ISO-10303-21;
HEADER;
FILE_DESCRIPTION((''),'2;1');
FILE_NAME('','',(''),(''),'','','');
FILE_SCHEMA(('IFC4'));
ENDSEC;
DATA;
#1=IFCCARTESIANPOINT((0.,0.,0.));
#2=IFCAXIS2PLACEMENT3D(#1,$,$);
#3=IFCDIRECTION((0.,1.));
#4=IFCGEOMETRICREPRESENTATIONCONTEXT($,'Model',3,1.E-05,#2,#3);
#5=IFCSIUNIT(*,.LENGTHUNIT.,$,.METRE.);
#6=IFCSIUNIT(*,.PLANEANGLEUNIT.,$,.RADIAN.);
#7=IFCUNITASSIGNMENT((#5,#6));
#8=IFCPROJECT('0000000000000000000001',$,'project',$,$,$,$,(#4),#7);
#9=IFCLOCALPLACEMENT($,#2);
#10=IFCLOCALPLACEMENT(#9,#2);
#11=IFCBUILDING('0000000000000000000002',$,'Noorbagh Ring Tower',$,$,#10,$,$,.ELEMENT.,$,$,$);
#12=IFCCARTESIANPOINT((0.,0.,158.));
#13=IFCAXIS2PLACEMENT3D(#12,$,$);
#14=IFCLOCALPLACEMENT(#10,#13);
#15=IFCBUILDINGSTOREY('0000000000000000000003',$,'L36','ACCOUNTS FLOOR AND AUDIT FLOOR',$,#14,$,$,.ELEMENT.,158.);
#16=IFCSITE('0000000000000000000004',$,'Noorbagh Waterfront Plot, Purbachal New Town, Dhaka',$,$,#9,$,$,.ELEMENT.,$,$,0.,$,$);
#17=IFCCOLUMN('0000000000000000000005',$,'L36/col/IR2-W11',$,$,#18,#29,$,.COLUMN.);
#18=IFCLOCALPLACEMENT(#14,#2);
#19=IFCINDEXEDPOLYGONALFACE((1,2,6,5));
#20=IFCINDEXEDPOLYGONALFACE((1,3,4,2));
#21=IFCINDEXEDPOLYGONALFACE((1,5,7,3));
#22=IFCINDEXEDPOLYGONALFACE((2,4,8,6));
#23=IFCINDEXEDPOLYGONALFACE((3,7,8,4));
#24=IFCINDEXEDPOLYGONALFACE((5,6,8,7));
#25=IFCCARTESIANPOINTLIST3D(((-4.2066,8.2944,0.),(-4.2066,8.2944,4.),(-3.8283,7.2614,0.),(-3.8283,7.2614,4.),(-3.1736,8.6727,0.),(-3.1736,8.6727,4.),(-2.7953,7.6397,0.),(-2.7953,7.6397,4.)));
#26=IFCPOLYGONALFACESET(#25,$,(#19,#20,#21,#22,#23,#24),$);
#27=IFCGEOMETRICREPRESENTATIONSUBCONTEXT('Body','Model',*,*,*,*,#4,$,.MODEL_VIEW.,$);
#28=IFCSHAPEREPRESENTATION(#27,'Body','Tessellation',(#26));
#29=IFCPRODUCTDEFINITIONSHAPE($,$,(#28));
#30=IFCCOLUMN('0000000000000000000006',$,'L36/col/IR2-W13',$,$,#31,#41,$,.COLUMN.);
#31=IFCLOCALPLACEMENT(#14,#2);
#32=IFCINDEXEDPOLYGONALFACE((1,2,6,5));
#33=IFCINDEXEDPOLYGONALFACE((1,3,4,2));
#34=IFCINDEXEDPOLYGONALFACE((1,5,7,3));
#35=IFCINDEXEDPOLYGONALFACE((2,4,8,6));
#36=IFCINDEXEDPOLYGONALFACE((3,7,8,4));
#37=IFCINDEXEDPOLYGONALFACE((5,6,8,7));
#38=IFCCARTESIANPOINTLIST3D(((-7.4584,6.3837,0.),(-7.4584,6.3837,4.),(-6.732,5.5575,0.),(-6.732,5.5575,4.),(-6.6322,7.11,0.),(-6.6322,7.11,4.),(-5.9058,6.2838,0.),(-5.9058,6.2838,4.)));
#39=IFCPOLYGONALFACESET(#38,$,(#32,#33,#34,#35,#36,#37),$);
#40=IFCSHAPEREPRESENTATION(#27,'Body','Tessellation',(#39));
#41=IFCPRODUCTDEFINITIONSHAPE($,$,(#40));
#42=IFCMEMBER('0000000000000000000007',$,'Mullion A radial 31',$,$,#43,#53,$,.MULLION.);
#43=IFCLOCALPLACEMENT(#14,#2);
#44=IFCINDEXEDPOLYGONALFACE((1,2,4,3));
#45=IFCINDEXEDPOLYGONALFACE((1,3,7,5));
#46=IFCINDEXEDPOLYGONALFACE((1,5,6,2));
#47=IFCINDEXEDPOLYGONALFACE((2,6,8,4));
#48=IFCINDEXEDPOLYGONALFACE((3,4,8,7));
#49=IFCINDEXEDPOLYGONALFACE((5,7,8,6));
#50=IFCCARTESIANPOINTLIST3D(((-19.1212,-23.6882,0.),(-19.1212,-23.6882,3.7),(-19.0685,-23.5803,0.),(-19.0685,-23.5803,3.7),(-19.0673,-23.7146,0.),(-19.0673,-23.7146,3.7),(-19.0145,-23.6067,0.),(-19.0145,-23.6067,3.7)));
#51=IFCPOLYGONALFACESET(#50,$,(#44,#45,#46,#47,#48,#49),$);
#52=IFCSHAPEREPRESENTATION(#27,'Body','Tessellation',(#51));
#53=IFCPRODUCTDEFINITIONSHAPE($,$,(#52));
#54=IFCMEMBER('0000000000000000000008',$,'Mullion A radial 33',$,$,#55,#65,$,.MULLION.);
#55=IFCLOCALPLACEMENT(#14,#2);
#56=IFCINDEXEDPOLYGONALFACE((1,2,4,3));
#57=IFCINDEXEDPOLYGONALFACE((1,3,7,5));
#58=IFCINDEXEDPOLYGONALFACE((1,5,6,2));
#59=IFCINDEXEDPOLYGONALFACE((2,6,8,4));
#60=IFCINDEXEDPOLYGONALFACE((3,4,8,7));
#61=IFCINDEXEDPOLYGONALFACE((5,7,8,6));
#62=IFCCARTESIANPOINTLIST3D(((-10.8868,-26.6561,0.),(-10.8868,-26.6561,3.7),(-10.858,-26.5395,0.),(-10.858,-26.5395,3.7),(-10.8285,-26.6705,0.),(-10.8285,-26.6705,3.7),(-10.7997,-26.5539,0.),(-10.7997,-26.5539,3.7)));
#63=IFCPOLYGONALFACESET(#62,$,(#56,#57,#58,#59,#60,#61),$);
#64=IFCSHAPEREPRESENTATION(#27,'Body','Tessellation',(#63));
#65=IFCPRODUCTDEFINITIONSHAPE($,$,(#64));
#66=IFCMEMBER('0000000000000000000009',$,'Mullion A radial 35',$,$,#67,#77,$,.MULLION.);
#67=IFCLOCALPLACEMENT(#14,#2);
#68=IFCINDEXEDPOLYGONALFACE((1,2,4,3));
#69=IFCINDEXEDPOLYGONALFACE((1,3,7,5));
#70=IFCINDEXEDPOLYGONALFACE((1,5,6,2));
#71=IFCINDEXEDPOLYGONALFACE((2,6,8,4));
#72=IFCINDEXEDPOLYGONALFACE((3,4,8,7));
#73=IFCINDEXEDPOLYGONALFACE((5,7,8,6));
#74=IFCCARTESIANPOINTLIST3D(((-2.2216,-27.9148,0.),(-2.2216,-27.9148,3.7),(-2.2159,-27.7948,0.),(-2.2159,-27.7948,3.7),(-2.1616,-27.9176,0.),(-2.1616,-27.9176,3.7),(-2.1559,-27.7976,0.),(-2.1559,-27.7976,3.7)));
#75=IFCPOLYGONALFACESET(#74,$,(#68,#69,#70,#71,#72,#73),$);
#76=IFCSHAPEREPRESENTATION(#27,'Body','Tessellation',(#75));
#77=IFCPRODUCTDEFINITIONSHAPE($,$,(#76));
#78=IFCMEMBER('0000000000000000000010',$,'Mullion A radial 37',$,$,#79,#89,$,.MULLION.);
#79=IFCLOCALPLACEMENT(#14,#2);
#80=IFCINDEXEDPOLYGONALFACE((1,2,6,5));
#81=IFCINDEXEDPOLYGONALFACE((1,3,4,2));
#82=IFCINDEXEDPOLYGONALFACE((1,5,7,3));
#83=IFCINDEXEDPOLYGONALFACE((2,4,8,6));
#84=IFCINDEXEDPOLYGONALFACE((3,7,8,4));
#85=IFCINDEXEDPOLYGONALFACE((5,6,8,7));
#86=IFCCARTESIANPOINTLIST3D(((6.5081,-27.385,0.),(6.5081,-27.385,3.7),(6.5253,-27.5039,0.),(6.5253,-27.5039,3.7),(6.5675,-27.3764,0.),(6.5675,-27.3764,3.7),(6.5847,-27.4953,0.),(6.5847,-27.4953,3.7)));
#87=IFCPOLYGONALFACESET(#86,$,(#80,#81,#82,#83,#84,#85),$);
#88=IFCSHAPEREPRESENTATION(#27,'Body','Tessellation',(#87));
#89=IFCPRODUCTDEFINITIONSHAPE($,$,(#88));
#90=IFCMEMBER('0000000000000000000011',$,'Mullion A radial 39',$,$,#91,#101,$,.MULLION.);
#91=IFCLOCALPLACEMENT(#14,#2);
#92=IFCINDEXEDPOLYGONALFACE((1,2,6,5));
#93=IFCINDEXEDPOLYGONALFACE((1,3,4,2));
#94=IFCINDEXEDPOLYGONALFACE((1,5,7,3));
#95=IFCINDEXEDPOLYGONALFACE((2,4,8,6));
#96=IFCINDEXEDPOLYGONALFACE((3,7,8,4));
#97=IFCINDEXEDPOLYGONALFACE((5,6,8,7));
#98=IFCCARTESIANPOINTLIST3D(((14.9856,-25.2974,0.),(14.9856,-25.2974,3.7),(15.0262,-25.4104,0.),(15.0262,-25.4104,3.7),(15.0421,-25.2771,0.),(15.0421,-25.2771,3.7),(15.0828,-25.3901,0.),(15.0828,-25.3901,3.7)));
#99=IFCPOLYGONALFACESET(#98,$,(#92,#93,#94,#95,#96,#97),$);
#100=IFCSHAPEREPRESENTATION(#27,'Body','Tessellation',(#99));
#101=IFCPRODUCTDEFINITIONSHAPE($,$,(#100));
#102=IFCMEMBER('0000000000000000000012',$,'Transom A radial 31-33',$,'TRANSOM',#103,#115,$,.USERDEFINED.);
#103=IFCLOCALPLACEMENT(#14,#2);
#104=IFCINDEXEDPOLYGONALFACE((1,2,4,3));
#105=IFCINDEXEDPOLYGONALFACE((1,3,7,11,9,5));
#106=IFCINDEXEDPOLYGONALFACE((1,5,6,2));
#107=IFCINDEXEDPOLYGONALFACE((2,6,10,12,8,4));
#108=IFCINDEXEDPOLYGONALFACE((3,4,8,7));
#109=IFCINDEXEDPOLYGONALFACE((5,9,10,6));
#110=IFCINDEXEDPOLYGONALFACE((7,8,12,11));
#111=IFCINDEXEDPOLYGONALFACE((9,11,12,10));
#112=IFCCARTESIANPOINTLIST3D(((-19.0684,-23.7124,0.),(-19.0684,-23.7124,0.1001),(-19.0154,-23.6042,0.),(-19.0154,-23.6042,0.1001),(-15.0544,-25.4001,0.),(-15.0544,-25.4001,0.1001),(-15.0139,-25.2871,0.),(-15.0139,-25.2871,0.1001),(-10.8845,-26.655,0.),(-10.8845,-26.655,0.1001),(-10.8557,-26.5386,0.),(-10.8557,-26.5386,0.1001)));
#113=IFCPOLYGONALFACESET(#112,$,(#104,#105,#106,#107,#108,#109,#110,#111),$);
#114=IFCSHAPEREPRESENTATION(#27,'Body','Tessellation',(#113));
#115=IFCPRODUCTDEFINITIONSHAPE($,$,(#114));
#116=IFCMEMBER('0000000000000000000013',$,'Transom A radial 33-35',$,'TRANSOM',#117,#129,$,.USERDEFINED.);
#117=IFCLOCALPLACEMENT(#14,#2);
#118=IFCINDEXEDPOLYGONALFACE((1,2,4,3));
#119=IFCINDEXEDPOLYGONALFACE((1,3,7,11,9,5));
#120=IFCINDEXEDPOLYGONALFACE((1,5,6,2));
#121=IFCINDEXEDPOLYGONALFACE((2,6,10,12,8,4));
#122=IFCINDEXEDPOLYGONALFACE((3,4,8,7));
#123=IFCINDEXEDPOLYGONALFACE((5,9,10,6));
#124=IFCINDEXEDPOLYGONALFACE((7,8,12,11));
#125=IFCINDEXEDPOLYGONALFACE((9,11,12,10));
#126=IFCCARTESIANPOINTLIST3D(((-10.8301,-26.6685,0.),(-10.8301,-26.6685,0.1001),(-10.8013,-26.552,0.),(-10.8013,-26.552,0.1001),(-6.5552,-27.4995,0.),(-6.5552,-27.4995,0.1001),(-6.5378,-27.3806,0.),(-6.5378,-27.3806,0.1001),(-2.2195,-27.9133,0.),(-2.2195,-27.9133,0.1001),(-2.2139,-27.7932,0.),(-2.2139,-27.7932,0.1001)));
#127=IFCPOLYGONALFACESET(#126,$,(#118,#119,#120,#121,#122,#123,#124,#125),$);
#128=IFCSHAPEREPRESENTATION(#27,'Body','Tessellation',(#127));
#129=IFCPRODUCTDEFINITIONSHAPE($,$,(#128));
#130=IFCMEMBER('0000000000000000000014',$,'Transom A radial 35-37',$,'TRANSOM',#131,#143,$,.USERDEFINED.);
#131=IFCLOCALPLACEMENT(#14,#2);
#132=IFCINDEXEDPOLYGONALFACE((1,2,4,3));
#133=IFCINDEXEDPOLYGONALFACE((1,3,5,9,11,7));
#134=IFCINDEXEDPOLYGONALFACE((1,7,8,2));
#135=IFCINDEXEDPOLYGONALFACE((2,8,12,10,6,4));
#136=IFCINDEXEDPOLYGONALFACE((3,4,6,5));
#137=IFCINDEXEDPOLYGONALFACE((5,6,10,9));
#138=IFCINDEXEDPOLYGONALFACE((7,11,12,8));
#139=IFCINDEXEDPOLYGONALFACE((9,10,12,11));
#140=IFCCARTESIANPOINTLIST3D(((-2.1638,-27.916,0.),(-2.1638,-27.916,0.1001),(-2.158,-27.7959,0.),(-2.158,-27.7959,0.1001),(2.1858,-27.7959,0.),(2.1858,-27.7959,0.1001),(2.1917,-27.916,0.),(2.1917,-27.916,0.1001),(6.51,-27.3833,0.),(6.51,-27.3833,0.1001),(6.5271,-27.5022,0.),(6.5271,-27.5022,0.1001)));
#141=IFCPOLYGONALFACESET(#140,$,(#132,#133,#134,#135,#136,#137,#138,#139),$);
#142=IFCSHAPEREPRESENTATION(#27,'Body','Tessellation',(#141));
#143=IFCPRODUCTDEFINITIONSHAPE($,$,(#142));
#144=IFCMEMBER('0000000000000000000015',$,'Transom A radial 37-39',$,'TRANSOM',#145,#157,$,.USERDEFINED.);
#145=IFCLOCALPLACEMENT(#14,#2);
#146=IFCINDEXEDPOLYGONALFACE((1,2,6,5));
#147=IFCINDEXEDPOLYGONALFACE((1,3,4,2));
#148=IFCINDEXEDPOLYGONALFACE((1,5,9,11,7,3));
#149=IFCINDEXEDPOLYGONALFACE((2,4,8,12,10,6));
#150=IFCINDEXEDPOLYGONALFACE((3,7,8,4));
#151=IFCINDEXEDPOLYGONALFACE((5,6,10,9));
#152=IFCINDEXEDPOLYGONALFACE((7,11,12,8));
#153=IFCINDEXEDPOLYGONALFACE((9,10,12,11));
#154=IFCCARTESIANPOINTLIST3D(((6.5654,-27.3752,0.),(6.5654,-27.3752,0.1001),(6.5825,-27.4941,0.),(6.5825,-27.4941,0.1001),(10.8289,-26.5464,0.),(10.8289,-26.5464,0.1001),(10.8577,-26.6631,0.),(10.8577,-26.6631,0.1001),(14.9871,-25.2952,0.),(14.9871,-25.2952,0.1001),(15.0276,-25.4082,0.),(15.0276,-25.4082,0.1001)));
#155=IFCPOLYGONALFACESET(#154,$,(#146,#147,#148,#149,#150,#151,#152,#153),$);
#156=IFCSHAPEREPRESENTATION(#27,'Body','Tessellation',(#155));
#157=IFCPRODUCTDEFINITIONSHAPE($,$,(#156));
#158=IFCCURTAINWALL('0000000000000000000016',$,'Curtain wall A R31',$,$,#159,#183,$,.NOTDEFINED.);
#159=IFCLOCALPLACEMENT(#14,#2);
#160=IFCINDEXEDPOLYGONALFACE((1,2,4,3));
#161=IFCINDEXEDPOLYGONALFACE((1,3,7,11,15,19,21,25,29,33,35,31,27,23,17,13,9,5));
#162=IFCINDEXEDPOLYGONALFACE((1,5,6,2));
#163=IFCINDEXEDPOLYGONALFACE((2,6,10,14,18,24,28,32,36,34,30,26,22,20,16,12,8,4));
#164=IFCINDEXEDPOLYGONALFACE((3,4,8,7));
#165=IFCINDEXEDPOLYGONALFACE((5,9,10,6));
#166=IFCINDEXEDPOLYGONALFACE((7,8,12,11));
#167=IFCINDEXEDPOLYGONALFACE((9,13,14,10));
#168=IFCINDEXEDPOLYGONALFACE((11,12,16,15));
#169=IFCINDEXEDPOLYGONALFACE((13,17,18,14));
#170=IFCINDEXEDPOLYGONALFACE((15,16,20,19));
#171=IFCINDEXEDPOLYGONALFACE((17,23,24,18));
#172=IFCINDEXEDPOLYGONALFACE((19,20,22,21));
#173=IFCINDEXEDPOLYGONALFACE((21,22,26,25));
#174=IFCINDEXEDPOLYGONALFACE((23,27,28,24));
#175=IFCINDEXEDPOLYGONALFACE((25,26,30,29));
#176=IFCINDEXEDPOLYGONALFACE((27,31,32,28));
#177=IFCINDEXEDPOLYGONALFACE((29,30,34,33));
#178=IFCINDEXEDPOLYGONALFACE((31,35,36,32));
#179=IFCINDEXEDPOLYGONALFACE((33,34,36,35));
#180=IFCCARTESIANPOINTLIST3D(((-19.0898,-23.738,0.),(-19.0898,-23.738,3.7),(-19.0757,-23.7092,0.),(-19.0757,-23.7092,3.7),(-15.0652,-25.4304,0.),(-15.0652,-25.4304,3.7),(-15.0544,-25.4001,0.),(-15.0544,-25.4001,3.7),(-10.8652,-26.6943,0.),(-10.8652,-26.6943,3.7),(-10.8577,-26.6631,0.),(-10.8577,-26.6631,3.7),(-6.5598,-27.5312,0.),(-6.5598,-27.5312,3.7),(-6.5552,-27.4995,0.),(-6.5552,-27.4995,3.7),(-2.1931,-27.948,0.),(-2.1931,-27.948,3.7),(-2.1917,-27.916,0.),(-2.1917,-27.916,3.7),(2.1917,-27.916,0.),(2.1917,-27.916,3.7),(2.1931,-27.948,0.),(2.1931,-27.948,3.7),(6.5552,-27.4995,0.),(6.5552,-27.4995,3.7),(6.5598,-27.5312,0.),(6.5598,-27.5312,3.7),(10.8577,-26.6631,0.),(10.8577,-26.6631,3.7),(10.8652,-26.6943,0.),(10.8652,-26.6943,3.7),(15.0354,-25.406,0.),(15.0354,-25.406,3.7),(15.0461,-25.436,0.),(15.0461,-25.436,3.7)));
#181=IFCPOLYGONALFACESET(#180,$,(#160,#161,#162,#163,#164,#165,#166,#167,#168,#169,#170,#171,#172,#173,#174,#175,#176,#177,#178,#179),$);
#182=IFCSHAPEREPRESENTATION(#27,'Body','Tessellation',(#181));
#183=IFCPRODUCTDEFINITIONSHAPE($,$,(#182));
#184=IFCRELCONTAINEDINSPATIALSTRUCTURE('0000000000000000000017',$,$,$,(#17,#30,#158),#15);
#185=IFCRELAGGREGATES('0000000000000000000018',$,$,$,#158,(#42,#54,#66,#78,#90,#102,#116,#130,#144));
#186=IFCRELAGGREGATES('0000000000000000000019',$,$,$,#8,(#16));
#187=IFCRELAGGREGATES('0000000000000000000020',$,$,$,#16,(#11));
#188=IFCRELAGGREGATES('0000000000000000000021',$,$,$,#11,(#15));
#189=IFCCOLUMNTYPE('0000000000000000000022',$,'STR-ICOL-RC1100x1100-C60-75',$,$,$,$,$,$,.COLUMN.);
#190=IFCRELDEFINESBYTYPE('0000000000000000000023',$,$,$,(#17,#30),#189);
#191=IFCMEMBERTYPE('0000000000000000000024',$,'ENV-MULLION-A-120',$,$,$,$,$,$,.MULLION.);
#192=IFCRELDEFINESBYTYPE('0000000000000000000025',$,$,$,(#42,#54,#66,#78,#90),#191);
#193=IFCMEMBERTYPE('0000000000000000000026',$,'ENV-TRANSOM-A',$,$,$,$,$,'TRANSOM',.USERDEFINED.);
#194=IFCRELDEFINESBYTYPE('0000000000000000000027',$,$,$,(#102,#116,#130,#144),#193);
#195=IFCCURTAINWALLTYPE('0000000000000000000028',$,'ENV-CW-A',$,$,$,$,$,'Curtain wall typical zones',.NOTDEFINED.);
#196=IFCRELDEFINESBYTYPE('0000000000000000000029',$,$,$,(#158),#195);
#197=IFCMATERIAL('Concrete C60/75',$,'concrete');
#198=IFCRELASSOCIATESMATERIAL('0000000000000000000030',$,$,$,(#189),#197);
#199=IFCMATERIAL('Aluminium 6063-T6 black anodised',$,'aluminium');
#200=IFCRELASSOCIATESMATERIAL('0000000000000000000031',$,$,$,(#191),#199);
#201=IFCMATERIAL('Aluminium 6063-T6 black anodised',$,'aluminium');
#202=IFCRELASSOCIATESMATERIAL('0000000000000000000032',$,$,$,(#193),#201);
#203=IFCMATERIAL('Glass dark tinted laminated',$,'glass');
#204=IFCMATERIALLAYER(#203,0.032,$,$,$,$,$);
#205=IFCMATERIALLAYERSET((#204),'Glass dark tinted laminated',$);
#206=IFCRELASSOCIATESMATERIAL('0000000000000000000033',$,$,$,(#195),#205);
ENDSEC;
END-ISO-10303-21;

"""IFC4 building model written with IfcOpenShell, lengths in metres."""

from ifc_helpers import new_model, si_unit, direction, frame, origin, origin_2d, place, context, subcontext, project, spatial, polyline, rectangle, outline, extrude, material, layer, layer_set, material_profile, profile_set, type_object, element, aggregate, save


model = new_model("IFC4")

# Units and contexts
model_context = context("Model", 3, precision=1e-05, world=origin(), true_north=direction((0.0, 1.0)))
body_context = subcontext(model_context, "Body", "Model", "MODEL_VIEW")
ifc_project = project(units=[si_unit("LENGTHUNIT", "METRE"), si_unit("PLANEANGLEUNIT", "RADIAN")], contexts=[model_context])

# Site, building, storey
site_placement = place(None, origin())
site = spatial("IfcSite", under=ifc_project, at=site_placement, Name="Noorbagh Waterfront Plot, Purbachal New Town, Dhaka", CompositionType="ELEMENT", RefElevation=0.0)
building_placement = place(site_placement, origin())
building = spatial("IfcBuilding", under=site, at=building_placement, Name="Noorbagh Ring Tower", CompositionType="ELEMENT")
storey_placement = place(building_placement, frame((0.0, 0.0, 158.0)))
storey = spatial("IfcBuildingStorey", under=building, at=storey_placement, Name="L36", Description="ACCOUNTS FLOOR AND AUDIT FLOOR", CompositionType="ELEMENT", Elevation=158.0)

# Columns
ifc_material_1 = material(Name="Concrete C60/75", Category="concrete")
ifc_material_profile_1 = material_profile(ifc_material_1, rectangle(XDim=1.1001, YDim=1.1001, at=origin_2d()), Name="RC1100x1100")
ifc_profile_set_1 = profile_set([ifc_material_profile_1], Name="Concrete C60/75")
column_type = type_object("IfcColumnType", Name="STR-ICOL-RC1100x1100-C60-75", PredefinedType="COLUMN", material=ifc_profile_set_1)
for number, where, z_axis, x_axis, name in (
    (1, (-3.501, 7.967, 0.0), (0.0, 0.0, 1.0), (-0.93902, -0.343864, 0.0), "L36/col/IR2-W11"),
    (2, (-6.6821, 6.3337, 0.0), (0.0, 0.0, 1.0), (-0.751022, -0.660277, 0.0), "L36/col/IR2-W13"),
):
    element("IfcColumn", number, at=place(storey_placement, frame(where, z_axis=z_axis, x_axis=x_axis)), inside=storey, type_object=column_type, Name=name, PredefinedType="COLUMN", context=body_context, shape_type="SweptSolid", body=[
        extrude(rectangle(XDim=1.1001, YDim=1.1001, at=origin_2d()), origin(), (0.0, 0.0, 1.0), 4.0),
    ])

# Members
ifc_material_2 = material(Name="Aluminium 6063-T6 black anodised", Category="aluminium")
ifc_material_profile_2 = material_profile(ifc_material_2, rectangle(XDim=0.1201, YDim=0.0601, at=origin_2d()), Name="120x60")
ifc_profile_set_2 = profile_set([ifc_material_profile_2], Name="Aluminium 6063-T6 black anodised")
member_type_1 = type_object("IfcMemberType", Name="ENV-MULLION-A-120", PredefinedType="MULLION", material=ifc_profile_set_2)
member_1_placement = place(storey_placement, frame((-19.0679, -23.6475, 0.0), z_axis=(0.0, 0.0, 1.0), x_axis=(0.439238, 0.898371, 0.0)))
member_1 = element("IfcMember", 3, at=member_1_placement, type_object=member_type_1, Name="Mullion A radial 31", PredefinedType="MULLION", context=body_context, shape_type="SweptSolid", body=[
    extrude(rectangle(XDim=0.1201, YDim=0.0601, at=origin_2d()), origin(), (0.0, 0.0, 1.0), 3.7),
])
member_2_placement = place(storey_placement, frame((-10.8433, -26.605, 0.0), z_axis=(0.0, 0.0, 1.0), x_axis=(0.239799, 0.970823, 0.0)))
member_2 = element("IfcMember", 4, at=member_2_placement, type_object=member_type_1, Name="Mullion A radial 33", PredefinedType="MULLION", context=body_context, shape_type="SweptSolid", body=[
    extrude(rectangle(XDim=0.1201, YDim=0.0601, at=origin_2d()), origin(), (0.0, 0.0, 1.0), 3.7),
])
member_3_placement = place(storey_placement, frame((-2.1887, -27.8562, 0.0), z_axis=(0.0, 0.0, 1.0), x_axis=(0.047558, 0.998868, 0.0)))
member_3 = element("IfcMember", 5, at=member_3_placement, type_object=member_type_1, Name="Mullion A radial 35", PredefinedType="MULLION", context=body_context, shape_type="SweptSolid", body=[
    extrude(rectangle(XDim=0.1201, YDim=0.0601, at=origin_2d()), origin(), (0.0, 0.0, 1.0), 3.7),
])
member_4_placement = place(storey_placement, frame((6.5464, -27.4402, 0.0), z_axis=(0.0, 0.0, 1.0), x_axis=(-0.143082, 0.989711, 0.0)))
member_4 = element("IfcMember", 6, at=member_4_placement, type_object=member_type_1, Name="Mullion A radial 37", PredefinedType="MULLION", context=body_context, shape_type="SweptSolid", body=[
    extrude(rectangle(XDim=0.1201, YDim=0.0601, at=origin_2d()), origin(), (0.0, 0.0, 1.0), 3.7),
])
member_5_placement = place(storey_placement, frame((15.0342, -25.3438, 0.0), z_axis=(0.0, 0.0, 1.0), x_axis=(-0.338379, 0.94101, 0.0)))
member_5 = element("IfcMember", 7, at=member_5_placement, type_object=member_type_1, Name="Mullion A radial 39", PredefinedType="MULLION", context=body_context, shape_type="SweptSolid", body=[
    extrude(rectangle(XDim=0.1201, YDim=0.0601, at=origin_2d()), origin(), (0.0, 0.0, 1.0), 3.7),
])
ifc_material_3 = material(Name="Aluminium 6063-T6 black anodised", Category="aluminium")
member_type_2 = type_object("IfcMemberType", Name="ENV-TRANSOM-A", ElementType="TRANSOM", PredefinedType="USERDEFINED", material=ifc_material_3)
member_6_placement = place(storey_placement, origin())
member_6 = element("IfcMember", 8, at=member_6_placement, type_object=member_type_2, Name="Transom A radial 31-33", ObjectType="TRANSOM", PredefinedType="USERDEFINED", context=body_context, shape_type="SweptSolid", body=[
    extrude(outline(polyline([(-19.0684, -23.7124), (-15.0544, -25.4001), (-10.8845, -26.655), (-10.8557, -26.5386), (-15.0139, -25.2871), (-19.0154, -23.6042), (-19.0684, -23.7124)])), origin(), (0.0, 0.0, 1.0), 0.1001),
])
member_7_placement = place(storey_placement, origin())
member_7 = element("IfcMember", 9, at=member_7_placement, type_object=member_type_2, Name="Transom A radial 33-35", ObjectType="TRANSOM", PredefinedType="USERDEFINED", context=body_context, shape_type="SweptSolid", body=[
    extrude(outline(polyline([(-10.8301, -26.6685), (-6.5552, -27.4995), (-2.2195, -27.9133), (-2.2139, -27.7932), (-6.5378, -27.3806), (-10.8013, -26.552), (-10.8301, -26.6685)])), origin(), (0.0, 0.0, 1.0), 0.1001),
])
member_8_placement = place(storey_placement, origin())
member_8 = element("IfcMember", 10, at=member_8_placement, type_object=member_type_2, Name="Transom A radial 35-37", ObjectType="TRANSOM", PredefinedType="USERDEFINED", context=body_context, shape_type="SweptSolid", body=[
    extrude(outline(polyline([(-2.1638, -27.916), (2.1917, -27.916), (6.5271, -27.5022), (6.51, -27.3833), (2.1858, -27.7959), (-2.158, -27.7959), (-2.1638, -27.916)])), origin(), (0.0, 0.0, 1.0), 0.1001),
])
member_9_placement = place(storey_placement, origin())
member_9 = element("IfcMember", 11, at=member_9_placement, type_object=member_type_2, Name="Transom A radial 37-39", ObjectType="TRANSOM", PredefinedType="USERDEFINED", context=body_context, shape_type="SweptSolid", body=[
    extrude(outline(polyline([(6.5825, -27.4941), (10.8577, -26.6631), (15.0276, -25.4082), (14.9871, -25.2952), (10.8289, -26.5464), (6.5654, -27.3752), (6.5825, -27.4941)])), origin(), (0.0, 0.0, 1.0), 0.1001),
])

# Curtain wall
ifc_material_4 = material(Name="Glass dark tinted laminated", Category="glass")
ifc_layer = layer(ifc_material_4, 0.032)
ifc_layer_set = layer_set([ifc_layer], Name="Glass dark tinted laminated")
curtain_wall_type = type_object("IfcCurtainWallType", Name="ENV-CW-A", ElementType="Curtain wall typical zones", PredefinedType="NOTDEFINED", material=ifc_layer_set)
curtain_wall_placement = place(storey_placement, origin())
curtain_wall = element("IfcCurtainWall", 12, at=curtain_wall_placement, inside=storey, type_object=curtain_wall_type, Name="Curtain wall A R31", PredefinedType="NOTDEFINED", context=body_context, shape_type="SweptSolid", body=[
    extrude(outline(polyline([(-19.0898, -23.738), (-15.0652, -25.4304), (-10.8652, -26.6943), (-6.5598, -27.5312), (-2.1931, -27.948), (2.1931, -27.948), (6.5598, -27.5312), (10.8652, -26.6943), (15.0461, -25.436), (15.0354, -25.406), (10.8577, -26.6631), (6.5552, -27.4995), (2.1917, -27.916), (-2.1917, -27.916), (-6.5552, -27.4995), (-10.8577, -26.6631), (-15.0544, -25.4001), (-19.0757, -23.7092), (-19.0898, -23.738)])), origin(), (0.0, 0.0, 1.0), 3.7),
])
aggregate(curtain_wall, [member_1, member_2, member_3, member_4, member_5, member_6, member_7, member_8, member_9])

save(model, "model.ifc")
